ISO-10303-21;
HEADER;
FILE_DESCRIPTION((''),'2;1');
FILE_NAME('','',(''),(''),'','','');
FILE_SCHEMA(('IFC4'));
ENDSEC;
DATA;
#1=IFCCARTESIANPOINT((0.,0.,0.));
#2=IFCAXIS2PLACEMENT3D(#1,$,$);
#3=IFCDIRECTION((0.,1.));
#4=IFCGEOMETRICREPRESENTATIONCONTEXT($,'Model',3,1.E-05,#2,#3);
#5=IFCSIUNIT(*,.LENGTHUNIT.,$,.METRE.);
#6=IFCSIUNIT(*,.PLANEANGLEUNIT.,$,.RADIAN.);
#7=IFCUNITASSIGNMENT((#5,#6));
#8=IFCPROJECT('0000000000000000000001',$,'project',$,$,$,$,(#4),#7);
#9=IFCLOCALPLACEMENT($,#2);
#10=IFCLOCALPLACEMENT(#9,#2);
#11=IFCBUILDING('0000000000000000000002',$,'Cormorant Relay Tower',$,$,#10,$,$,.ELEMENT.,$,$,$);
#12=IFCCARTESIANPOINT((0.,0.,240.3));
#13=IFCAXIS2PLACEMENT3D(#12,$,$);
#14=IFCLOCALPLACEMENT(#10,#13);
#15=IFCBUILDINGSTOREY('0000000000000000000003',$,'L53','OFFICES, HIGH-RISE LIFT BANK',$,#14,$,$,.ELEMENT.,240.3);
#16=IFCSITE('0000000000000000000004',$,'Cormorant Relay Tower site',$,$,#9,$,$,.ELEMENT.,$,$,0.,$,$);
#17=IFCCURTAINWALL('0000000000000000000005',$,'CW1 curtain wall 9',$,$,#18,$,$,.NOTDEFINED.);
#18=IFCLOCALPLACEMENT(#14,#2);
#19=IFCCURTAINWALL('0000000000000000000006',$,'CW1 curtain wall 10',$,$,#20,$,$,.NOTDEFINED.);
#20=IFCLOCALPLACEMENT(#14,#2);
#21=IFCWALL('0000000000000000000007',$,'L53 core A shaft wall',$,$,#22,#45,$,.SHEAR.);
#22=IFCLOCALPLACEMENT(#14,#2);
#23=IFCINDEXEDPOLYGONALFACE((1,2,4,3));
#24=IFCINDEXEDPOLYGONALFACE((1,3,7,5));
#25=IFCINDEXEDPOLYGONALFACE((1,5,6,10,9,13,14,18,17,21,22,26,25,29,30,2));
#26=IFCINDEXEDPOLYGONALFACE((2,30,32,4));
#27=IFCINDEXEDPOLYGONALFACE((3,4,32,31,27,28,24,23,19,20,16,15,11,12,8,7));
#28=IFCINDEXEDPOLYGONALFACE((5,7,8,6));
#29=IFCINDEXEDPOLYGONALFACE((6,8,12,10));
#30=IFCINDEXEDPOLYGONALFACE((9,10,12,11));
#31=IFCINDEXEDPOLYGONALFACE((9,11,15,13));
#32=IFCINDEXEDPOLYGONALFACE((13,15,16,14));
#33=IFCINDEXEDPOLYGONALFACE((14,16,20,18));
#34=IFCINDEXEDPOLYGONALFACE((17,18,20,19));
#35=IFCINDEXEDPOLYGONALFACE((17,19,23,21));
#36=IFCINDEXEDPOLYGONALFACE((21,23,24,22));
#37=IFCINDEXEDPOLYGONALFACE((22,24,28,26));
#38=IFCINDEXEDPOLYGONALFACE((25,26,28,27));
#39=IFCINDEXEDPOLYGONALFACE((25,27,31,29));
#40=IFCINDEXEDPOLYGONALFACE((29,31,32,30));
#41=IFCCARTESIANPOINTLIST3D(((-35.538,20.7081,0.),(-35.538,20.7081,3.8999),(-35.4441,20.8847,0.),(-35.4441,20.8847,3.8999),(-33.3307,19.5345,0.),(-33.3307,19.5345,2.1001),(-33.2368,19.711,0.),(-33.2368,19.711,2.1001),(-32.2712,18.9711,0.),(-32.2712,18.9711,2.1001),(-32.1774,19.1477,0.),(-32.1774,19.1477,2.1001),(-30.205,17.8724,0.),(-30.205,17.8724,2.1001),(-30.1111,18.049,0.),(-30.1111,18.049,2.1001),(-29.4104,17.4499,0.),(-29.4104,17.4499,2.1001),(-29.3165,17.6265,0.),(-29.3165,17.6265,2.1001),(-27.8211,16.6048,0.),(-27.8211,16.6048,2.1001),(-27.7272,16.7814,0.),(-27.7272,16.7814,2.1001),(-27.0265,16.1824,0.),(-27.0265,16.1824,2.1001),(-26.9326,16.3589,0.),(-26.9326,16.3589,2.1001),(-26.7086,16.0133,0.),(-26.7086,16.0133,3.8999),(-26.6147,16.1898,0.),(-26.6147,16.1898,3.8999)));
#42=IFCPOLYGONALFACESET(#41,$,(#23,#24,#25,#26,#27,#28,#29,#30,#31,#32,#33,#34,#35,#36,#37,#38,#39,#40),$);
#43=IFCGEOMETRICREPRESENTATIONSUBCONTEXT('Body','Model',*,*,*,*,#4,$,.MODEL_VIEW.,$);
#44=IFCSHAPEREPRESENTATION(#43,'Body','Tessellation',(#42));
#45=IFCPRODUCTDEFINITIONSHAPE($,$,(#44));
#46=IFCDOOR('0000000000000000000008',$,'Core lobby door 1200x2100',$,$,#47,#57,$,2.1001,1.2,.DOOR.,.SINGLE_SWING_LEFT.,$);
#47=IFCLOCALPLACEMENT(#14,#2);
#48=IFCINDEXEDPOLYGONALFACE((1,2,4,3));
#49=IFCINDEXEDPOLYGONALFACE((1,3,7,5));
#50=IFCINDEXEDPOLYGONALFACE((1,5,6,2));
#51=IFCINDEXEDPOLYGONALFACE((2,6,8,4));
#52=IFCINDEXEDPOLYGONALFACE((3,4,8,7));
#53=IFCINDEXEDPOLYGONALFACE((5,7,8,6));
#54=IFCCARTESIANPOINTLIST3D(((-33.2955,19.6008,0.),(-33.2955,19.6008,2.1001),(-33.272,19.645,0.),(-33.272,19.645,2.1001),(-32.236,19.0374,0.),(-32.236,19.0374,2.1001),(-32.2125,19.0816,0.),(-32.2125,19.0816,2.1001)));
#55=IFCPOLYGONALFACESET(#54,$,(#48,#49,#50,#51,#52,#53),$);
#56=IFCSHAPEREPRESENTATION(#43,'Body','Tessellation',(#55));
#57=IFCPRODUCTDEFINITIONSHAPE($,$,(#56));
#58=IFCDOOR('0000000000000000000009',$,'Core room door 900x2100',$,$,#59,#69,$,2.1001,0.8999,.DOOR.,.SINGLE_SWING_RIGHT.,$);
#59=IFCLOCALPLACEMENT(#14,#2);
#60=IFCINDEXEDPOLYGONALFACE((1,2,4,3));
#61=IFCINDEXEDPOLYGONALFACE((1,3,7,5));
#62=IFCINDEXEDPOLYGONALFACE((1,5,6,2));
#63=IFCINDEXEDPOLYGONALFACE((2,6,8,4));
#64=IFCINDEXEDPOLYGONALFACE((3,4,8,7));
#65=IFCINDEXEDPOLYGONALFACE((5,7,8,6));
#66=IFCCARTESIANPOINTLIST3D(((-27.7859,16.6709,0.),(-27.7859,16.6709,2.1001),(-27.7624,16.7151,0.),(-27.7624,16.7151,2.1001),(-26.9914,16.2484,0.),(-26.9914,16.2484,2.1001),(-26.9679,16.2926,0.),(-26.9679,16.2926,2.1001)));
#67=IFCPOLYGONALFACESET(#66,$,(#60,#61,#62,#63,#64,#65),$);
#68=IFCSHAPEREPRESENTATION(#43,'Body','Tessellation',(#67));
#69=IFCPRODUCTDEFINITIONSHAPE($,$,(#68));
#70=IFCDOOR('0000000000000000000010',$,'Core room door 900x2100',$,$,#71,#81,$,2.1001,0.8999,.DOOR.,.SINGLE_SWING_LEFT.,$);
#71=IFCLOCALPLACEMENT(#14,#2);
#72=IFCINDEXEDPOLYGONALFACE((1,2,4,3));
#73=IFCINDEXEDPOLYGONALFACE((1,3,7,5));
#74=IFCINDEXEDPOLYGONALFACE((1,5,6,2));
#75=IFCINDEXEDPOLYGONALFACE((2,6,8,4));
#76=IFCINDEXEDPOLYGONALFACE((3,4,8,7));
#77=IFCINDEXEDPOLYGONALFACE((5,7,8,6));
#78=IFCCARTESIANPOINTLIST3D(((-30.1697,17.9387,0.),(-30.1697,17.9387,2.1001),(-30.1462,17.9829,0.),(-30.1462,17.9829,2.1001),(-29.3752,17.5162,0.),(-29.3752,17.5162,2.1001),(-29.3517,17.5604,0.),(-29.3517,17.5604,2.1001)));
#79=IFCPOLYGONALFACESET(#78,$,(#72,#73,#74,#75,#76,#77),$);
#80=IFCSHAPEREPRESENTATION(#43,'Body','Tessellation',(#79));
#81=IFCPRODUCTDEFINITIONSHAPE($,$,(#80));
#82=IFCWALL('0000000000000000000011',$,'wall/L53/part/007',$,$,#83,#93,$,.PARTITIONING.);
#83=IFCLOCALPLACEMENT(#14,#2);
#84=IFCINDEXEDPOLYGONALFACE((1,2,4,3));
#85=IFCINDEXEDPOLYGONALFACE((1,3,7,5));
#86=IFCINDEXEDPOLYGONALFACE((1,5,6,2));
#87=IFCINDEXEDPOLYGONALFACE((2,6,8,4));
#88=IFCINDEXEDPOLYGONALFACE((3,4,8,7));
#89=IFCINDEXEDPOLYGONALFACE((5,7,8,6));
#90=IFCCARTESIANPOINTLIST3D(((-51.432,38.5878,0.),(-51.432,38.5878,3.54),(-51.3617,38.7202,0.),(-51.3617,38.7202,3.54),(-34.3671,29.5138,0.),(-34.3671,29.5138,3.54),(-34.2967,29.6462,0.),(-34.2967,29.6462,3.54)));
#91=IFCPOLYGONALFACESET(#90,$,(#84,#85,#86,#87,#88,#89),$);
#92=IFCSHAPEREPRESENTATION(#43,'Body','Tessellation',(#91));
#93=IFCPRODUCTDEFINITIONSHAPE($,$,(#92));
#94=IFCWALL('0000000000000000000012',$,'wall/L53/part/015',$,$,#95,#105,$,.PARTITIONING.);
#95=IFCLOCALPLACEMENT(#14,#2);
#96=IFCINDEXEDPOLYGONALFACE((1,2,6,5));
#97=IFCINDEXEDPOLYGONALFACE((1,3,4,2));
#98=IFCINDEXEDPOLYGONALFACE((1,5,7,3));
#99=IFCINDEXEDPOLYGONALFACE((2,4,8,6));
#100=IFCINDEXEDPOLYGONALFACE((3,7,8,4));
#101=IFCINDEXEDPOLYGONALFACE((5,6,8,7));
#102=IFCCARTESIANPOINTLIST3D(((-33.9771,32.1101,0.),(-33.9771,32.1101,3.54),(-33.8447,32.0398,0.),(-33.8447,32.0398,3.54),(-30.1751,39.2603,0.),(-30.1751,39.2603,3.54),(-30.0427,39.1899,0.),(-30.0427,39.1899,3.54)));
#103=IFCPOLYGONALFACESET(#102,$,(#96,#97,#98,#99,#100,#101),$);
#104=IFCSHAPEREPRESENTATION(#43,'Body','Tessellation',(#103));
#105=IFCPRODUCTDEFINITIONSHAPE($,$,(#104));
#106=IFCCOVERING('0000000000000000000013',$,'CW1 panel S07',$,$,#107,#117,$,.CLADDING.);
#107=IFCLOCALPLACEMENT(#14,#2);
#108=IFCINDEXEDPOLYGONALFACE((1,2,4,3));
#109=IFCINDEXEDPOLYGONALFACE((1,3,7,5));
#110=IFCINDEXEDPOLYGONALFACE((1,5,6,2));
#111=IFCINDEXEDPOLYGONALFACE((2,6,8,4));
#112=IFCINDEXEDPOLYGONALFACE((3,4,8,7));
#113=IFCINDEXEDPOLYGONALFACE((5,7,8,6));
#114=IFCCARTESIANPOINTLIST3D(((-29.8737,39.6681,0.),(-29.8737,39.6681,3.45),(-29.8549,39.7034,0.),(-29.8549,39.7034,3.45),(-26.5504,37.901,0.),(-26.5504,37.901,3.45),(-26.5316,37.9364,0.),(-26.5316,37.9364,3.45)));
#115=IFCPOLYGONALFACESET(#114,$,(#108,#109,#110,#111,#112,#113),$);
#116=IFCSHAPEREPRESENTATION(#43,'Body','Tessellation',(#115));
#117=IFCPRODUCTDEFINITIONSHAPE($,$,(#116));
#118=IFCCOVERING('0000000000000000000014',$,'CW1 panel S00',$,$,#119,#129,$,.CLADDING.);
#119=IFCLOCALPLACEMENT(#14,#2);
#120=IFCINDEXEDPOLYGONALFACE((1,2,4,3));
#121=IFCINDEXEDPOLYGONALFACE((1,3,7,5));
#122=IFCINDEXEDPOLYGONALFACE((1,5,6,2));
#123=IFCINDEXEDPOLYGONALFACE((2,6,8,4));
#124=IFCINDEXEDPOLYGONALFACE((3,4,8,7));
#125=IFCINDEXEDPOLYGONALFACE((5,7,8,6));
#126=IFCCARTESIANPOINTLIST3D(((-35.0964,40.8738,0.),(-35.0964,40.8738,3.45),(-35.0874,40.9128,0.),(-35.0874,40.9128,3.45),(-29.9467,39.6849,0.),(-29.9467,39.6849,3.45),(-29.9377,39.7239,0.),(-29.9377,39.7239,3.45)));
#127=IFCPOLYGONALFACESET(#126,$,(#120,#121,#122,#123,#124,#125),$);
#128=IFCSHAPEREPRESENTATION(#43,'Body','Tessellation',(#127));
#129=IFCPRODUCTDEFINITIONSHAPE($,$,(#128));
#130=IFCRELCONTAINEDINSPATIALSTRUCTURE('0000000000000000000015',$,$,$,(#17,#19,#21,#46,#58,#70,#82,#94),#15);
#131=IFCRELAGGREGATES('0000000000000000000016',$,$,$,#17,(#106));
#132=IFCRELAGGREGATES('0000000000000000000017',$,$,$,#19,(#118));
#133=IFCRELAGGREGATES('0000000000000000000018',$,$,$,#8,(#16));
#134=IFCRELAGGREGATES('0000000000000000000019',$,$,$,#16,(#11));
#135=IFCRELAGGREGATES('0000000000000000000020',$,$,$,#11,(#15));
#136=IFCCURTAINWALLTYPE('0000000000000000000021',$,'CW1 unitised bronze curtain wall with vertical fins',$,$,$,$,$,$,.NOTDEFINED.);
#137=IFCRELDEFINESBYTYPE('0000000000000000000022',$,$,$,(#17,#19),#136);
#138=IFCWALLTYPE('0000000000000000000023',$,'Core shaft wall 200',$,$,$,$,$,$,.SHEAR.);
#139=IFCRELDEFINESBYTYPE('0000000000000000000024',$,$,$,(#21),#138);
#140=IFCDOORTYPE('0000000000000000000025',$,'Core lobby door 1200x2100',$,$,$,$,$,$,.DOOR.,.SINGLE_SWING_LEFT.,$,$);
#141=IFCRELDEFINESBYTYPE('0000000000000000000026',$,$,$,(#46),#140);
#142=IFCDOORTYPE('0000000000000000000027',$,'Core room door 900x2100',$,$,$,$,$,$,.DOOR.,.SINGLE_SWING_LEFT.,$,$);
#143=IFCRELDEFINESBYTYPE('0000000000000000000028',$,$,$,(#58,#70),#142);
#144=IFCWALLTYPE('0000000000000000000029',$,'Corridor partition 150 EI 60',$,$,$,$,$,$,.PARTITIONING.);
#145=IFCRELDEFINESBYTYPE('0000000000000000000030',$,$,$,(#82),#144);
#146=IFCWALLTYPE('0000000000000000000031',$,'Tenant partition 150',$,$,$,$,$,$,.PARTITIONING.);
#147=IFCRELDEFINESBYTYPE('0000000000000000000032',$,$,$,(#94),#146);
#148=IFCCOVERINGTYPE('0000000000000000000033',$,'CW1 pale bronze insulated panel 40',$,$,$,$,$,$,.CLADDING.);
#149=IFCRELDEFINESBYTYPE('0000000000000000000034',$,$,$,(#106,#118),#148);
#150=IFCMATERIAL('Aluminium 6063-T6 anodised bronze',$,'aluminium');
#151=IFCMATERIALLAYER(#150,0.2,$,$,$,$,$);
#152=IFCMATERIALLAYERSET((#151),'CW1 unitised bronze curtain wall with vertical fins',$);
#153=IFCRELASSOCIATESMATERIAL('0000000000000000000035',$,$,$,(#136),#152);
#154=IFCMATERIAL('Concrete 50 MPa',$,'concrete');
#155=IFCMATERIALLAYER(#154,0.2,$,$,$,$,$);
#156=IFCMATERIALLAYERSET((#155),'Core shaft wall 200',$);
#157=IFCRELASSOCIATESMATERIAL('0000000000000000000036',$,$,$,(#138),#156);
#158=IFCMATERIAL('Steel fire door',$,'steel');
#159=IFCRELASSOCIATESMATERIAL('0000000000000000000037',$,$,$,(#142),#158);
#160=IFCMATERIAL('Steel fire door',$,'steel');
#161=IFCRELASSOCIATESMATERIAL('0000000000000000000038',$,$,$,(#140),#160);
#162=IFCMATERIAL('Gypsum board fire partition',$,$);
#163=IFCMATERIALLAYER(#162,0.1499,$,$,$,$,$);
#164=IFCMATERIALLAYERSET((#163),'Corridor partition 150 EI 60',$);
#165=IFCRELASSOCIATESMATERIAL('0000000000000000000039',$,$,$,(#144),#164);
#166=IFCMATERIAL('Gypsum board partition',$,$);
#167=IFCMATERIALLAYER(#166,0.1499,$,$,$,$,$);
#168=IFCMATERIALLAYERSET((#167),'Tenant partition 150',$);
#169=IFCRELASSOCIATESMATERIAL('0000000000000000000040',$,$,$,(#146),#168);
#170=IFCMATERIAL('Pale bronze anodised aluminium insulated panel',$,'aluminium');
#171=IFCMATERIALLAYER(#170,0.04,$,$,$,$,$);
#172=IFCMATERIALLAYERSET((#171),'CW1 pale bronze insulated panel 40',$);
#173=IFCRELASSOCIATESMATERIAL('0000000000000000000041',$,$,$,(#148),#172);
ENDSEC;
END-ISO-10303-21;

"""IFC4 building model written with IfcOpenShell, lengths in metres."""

from ifc_helpers import new_model, si_unit, direction, frame, frame_2d, origin, origin_2d, place, context, subcontext, project, spatial, rectangle, extrude, material, layer, layer_set, type_object, element, fill, aggregate, save


model = new_model("IFC4")

# Units and contexts
model_context = context("Model", 3, precision=1e-05, world=origin(), true_north=direction((0.0, 1.0)))
body_context = subcontext(model_context, "Body", "Model", "MODEL_VIEW")
ifc_project = project(units=[si_unit("LENGTHUNIT", "METRE"), si_unit("PLANEANGLEUNIT", "RADIAN")], contexts=[model_context])

# Site, building, storey
site_placement = place(None, origin())
site = spatial("IfcSite", under=ifc_project, at=site_placement, Name="Cormorant Relay Tower site", CompositionType="ELEMENT", RefElevation=0.0)
building_placement = place(site_placement, origin())
building = spatial("IfcBuilding", under=site, at=building_placement, Name="Cormorant Relay Tower", CompositionType="ELEMENT")
storey_placement = place(building_placement, frame((0.0, 0.0, 240.3)))
storey = spatial("IfcBuildingStorey", under=building, at=storey_placement, Name="L53", Description="OFFICES, HIGH-RISE LIFT BANK", CompositionType="ELEMENT", Elevation=240.3)

# Curtain wall
ifc_material_1 = material(Name="Aluminium 6063-T6 anodised bronze", Category="aluminium")
ifc_layer_1 = layer(ifc_material_1, 0.2)
ifc_layer_set_1 = layer_set([ifc_layer_1], Name="CW1 unitised bronze curtain wall with vertical fins")
curtain_wall_type = type_object("IfcCurtainWallType", Name="CW1 unitised bronze curtain wall with vertical fins", PredefinedType="NOTDEFINED", material=ifc_layer_set_1)
curtain_wall_1_placement = place(storey_placement, origin())
curtain_wall_1 = element("IfcCurtainWall", 1, at=curtain_wall_1_placement, inside=storey, type_object=curtain_wall_type, Name="CW1 curtain wall 9", PredefinedType="NOTDEFINED")

# Curtain wall
curtain_wall_2_placement = place(storey_placement, origin())
curtain_wall_2 = element("IfcCurtainWall", 2, at=curtain_wall_2_placement, inside=storey, type_object=curtain_wall_type, Name="CW1 curtain wall 10", PredefinedType="NOTDEFINED")

# Shared definitions
ifc_material_2 = material(Name="Concrete 50 MPa", Category="concrete")
ifc_layer_2 = layer(ifc_material_2, 0.2)
ifc_layer_set_2 = layer_set([ifc_layer_2], Name="Core shaft wall 200")
wall_type_1 = type_object("IfcWallType", Name="Core shaft wall 200", PredefinedType="SHEAR", material=ifc_layer_set_2)
ifc_material_3 = material(Name="Steel fire door", Category="steel")
door_type_1 = type_object("IfcDoorType", Name="Core room door 900x2100", OperationType="SINGLE_SWING_LEFT", PredefinedType="DOOR", material=ifc_material_3)

# Wall, openings, doors
wall_1_placement = place(storey_placement, frame((-26.6616, 16.1016, 0.0), z_axis=(0.0, 0.0, 1.0), x_axis=(-0.88294, 0.469485, 0.0)))
wall_1 = element("IfcWall", 3, at=wall_1_placement, inside=storey, type_object=wall_type_1, Name="L53 core A shaft wall", PredefinedType="SHEAR", context=body_context, shape_type="SweptSolid", body=[
    extrude(rectangle(XDim=10.0, YDim=0.2, at=frame_2d((5.0, 0.0))), origin(), (0.0, 0.0, 1.0), 3.8999),
])
opening_1_placement = place(wall_1_placement, frame((6.3, 0.0, 0.0)))
opening_1 = element("IfcOpeningElement", 4, at=opening_1_placement, cuts=wall_1, PredefinedType="OPENING", context=body_context, shape_type="SweptSolid", body=[
    extrude(rectangle(XDim=1.2, YDim=2.1001, at=frame_2d((0.6001, 1.05))), frame((0.0, 0.1099, 0.0), z_axis=(0.0, -1.0, 0.0), x_axis=(1.0, 0.0, 0.0)), (0.0, 0.0, 1.0), 0.22),
])
opening_2_placement = place(wall_1_placement, frame((0.3601, 0.0, 0.0)))
opening_2 = element("IfcOpeningElement", 5, at=opening_2_placement, cuts=wall_1, PredefinedType="OPENING", context=body_context, shape_type="SweptSolid", body=[
    extrude(rectangle(XDim=0.8999, YDim=2.1001, at=frame_2d((0.45, 1.05))), frame((0.0, 0.1099, 0.0), z_axis=(0.0, -1.0, 0.0), x_axis=(1.0, 0.0, 0.0)), (0.0, 0.0, 1.0), 0.22),
])
opening_3_placement = place(wall_1_placement, frame((3.0601, 0.0, 0.0)))
opening_3 = element("IfcOpeningElement", 6, at=opening_3_placement, cuts=wall_1, PredefinedType="OPENING", context=body_context, shape_type="SweptSolid", body=[
    extrude(rectangle(XDim=0.8999, YDim=2.1001, at=frame_2d((0.45, 1.05))), frame((0.0, 0.1099, 0.0), z_axis=(0.0, -1.0, 0.0), x_axis=(1.0, 0.0, 0.0)), (0.0, 0.0, 1.0), 0.22),
])
ifc_material_4 = material(Name="Steel fire door", Category="steel")
door_type_2 = type_object("IfcDoorType", Name="Core lobby door 1200x2100", OperationType="SINGLE_SWING_LEFT", PredefinedType="DOOR", material=ifc_material_4)
door_1_placement = place(opening_1_placement, origin())
door_1 = element("IfcDoor", 7, at=door_1_placement, inside=storey, type_object=door_type_2, Name="Core lobby door 1200x2100", OperationType="SINGLE_SWING_LEFT", OverallHeight=2.1001, OverallWidth=1.2, PredefinedType="DOOR", context=body_context, shape_type="SweptSolid", body=[
    extrude(rectangle(XDim=1.2, YDim=2.1001, at=frame_2d((0.6001, 1.05))), frame((0.0, 0.0249, 0.0), z_axis=(0.0, -1.0, 0.0), x_axis=(1.0, 0.0, 0.0)), (0.0, 0.0, 1.0), 0.05),
])
fill(opening_1, door_1)
door_2_placement = place(opening_2_placement, frame((0.8999, 0.0, 0.0), z_axis=(0.0, 0.0, 1.0), x_axis=(-1.0, 0.0, 0.0)))
door_2 = element("IfcDoor", 8, at=door_2_placement, inside=storey, type_object=door_type_1, Name="Core room door 900x2100", OperationType="SINGLE_SWING_RIGHT", OverallHeight=2.1001, OverallWidth=0.8999, PredefinedType="DOOR", context=body_context, shape_type="SweptSolid", body=[
    extrude(rectangle(XDim=0.8999, YDim=2.1001, at=frame_2d((0.45, 1.05))), frame((0.0, 0.0249, 0.0), z_axis=(0.0, -1.0, 0.0), x_axis=(1.0, 0.0, 0.0)), (0.0, 0.0, 1.0), 0.05),
])
fill(opening_2, door_2)
door_3_placement = place(opening_3_placement, origin())
door_3 = element("IfcDoor", 9, at=door_3_placement, inside=storey, type_object=door_type_1, Name="Core room door 900x2100", OperationType="SINGLE_SWING_LEFT", OverallHeight=2.1001, OverallWidth=0.8999, PredefinedType="DOOR", context=body_context, shape_type="SweptSolid", body=[
    extrude(rectangle(XDim=0.8999, YDim=2.1001, at=frame_2d((0.45, 1.05))), frame((0.0, 0.0249, 0.0), z_axis=(0.0, -1.0, 0.0), x_axis=(1.0, 0.0, 0.0)), (0.0, 0.0, 1.0), 0.05),
])
fill(opening_3, door_3)

# Walls
ifc_material_5 = material(Name="Gypsum board fire partition")
ifc_layer_3 = layer(ifc_material_5, 0.1499)
ifc_layer_set_3 = layer_set([ifc_layer_3], Name="Corridor partition 150 EI 60")
wall_type_2 = type_object("IfcWallType", Name="Corridor partition 150 EI 60", PredefinedType="PARTITIONING", material=ifc_layer_set_3)
wall_2_placement = place(storey_placement, frame((-34.332, 29.5801, 0.0), z_axis=(0.0, 0.0, 1.0), x_axis=(-0.882939, 0.469487, 0.0)))
element("IfcWall", 10, at=wall_2_placement, inside=storey, type_object=wall_type_2, Name="wall/L53/part/007", PredefinedType="PARTITIONING", context=body_context, shape_type="SweptSolid", body=[
    extrude(rectangle(XDim=19.3274, YDim=0.1499, at=frame_2d((9.6636, 0.0))), origin(), (0.0, 0.0, 1.0), 3.54),
])
ifc_material_6 = material(Name="Gypsum board partition")
ifc_layer_4 = layer(ifc_material_6, 0.1499)
ifc_layer_set_4 = layer_set([ifc_layer_4], Name="Tenant partition 150")
wall_type_3 = type_object("IfcWallType", Name="Tenant partition 150", PredefinedType="PARTITIONING", material=ifc_layer_set_4)
wall_3_placement = place(storey_placement, frame((-30.1089, 39.2251, 0.0), z_axis=(0.0, 0.0, 1.0), x_axis=(-0.469491, -0.882937, 0.0)))
element("IfcWall", 11, at=wall_3_placement, inside=storey, type_object=wall_type_3, Name="wall/L53/part/015", PredefinedType="PARTITIONING", context=body_context, shape_type="SweptSolid", body=[
    extrude(rectangle(XDim=8.0981, YDim=0.1499, at=frame_2d((4.0491, 0.0))), origin(), (0.0, 0.0, 1.0), 3.54),
])

# Coverings
ifc_material_7 = material(Name="Pale bronze anodised aluminium insulated panel", Category="aluminium")
ifc_layer_5 = layer(ifc_material_7, 0.04)
ifc_layer_set_5 = layer_set([ifc_layer_5], Name="CW1 pale bronze insulated panel 40")
covering_type = type_object("IfcCoveringType", Name="CW1 pale bronze insulated panel 40", PredefinedType="CLADDING", material=ifc_layer_set_5)
covering_1_placement = place(storey_placement, frame((-28.2026, 38.8022, 0.0), z_axis=(0.0, 0.0, 1.0), x_axis=(-0.882948, 0.469472, 0.0)))
covering_1 = element("IfcCovering", 12, at=covering_1_placement, type_object=covering_type, Name="CW1 panel S07", PredefinedType="CLADDING", context=body_context, shape_type="SweptSolid", body=[
    extrude(rectangle(XDim=3.7639, YDim=0.04, at=origin_2d()), origin(), (0.0, 0.0, 1.0), 3.45),
])
aggregate(curtain_wall_1, [covering_1])
covering_2_placement = place(storey_placement, frame((-32.5171, 40.2988, 0.0), z_axis=(0.0, 0.0, 1.0), x_axis=(-0.97437, 0.224951, 0.0)))
covering_2 = element("IfcCovering", 13, at=covering_2_placement, type_object=covering_type, Name="CW1 panel S00", PredefinedType="CLADDING", context=body_context, shape_type="SweptSolid", body=[
    extrude(rectangle(XDim=5.2852, YDim=0.04, at=origin_2d()), origin(), (0.0, 0.0, 1.0), 3.45),
])
aggregate(curtain_wall_2, [covering_2])

save(model, "model.ifc")
